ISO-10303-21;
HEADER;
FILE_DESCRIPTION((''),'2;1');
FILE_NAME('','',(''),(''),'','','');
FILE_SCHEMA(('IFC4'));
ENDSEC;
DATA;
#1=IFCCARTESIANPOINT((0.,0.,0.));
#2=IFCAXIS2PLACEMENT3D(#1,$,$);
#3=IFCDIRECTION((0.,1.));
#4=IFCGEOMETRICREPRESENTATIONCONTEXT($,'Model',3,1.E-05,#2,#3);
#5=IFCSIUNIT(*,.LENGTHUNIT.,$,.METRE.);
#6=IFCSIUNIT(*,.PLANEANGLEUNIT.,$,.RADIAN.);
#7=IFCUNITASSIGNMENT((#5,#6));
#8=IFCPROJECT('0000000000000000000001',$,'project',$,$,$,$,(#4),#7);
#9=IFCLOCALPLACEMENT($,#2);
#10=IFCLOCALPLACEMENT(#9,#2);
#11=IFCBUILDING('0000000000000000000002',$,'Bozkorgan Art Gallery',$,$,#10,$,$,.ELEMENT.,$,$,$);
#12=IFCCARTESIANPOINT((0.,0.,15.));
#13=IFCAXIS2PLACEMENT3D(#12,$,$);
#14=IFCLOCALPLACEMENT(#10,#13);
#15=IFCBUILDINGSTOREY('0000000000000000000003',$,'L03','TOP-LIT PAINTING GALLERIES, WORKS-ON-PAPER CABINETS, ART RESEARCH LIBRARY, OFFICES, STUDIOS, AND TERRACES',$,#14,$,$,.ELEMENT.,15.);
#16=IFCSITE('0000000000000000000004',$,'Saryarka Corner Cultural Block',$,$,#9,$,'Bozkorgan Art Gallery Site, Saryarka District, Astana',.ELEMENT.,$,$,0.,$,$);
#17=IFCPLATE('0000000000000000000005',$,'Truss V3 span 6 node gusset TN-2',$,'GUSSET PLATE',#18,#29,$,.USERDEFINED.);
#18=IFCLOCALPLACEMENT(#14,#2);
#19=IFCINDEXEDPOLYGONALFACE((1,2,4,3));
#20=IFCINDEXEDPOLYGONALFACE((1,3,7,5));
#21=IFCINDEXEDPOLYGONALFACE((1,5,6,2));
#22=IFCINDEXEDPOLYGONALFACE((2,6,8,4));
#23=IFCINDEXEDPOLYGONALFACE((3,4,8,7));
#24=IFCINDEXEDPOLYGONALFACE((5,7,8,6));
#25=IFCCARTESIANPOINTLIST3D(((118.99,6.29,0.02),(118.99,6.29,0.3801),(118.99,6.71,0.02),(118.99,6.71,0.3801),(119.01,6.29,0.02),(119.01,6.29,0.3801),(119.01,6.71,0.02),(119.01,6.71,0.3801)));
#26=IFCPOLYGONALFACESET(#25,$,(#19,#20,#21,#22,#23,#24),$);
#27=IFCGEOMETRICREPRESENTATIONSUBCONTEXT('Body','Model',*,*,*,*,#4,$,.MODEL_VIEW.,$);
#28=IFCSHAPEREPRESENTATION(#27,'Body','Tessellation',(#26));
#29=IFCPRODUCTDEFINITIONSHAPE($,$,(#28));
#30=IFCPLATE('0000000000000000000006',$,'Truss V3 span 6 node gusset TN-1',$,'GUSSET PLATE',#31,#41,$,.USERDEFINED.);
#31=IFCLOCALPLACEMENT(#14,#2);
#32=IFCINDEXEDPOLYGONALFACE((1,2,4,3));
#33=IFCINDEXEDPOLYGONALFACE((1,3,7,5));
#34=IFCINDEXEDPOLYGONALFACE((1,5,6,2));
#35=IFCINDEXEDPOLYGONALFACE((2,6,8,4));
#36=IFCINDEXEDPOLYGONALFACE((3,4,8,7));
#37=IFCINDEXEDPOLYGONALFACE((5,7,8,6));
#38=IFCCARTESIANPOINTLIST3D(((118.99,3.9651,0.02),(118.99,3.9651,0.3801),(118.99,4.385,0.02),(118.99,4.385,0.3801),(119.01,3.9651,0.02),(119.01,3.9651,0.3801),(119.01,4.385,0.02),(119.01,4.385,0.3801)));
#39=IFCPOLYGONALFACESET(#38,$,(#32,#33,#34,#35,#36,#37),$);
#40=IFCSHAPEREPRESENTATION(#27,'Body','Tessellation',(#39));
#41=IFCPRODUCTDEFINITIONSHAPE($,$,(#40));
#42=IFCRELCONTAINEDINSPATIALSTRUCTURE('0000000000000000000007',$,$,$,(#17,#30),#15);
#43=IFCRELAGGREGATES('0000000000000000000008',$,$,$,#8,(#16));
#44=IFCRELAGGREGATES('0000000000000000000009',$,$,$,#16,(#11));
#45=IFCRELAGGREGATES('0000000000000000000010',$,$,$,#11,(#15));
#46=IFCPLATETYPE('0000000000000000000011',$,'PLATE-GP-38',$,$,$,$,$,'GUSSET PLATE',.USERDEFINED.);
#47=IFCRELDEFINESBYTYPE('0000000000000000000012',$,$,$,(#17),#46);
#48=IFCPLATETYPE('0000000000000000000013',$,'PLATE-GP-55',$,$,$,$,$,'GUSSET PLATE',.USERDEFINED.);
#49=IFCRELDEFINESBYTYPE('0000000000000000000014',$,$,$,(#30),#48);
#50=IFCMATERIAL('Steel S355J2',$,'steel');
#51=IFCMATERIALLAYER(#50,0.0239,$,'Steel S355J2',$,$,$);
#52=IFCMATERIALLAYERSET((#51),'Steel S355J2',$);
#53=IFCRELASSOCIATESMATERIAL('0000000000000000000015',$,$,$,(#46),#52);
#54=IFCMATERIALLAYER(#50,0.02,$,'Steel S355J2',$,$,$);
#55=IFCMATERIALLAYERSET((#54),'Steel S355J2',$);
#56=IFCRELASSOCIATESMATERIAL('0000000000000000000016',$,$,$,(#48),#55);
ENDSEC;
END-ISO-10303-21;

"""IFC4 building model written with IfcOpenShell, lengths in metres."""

from ifc_helpers import new_model, si_unit, direction, frame, origin, origin_2d, place, context, subcontext, project, spatial, rectangle, extrude, material, layer, layer_set, type_object, element, save


model = new_model("IFC4")

# Units and contexts
model_context = context("Model", 3, precision=1e-05, world=origin(), true_north=direction((0.0, 1.0)))
body_context = subcontext(model_context, "Body", "Model", "MODEL_VIEW")
ifc_project = project(units=[si_unit("LENGTHUNIT", "METRE"), si_unit("PLANEANGLEUNIT", "RADIAN")], contexts=[model_context])

# Site, building, storey
site_placement = place(None, origin())
site = spatial("IfcSite", under=ifc_project, at=site_placement, Name="Saryarka Corner Cultural Block", LongName="Bozkorgan Art Gallery Site, Saryarka District, Astana", CompositionType="ELEMENT", RefElevation=0.0)
building_placement = place(site_placement, origin())
building = spatial("IfcBuilding", under=site, at=building_placement, Name="Bozkorgan Art Gallery", CompositionType="ELEMENT")
storey_placement = place(building_placement, frame((0.0, 0.0, 15.0)))
storey = spatial("IfcBuildingStorey", under=building, at=storey_placement, Name="L03", Description="TOP-LIT PAINTING GALLERIES, WORKS-ON-PAPER CABINETS, ART RESEARCH LIBRARY, OFFICES, STUDIOS, AND TERRACES", CompositionType="ELEMENT", Elevation=15.0)

# Shared definitions
ifc_material = material(Name="Steel S355J2", Category="steel")

# Plates
ifc_layer_1 = layer(ifc_material, 0.0239, Name="Steel S355J2")
ifc_layer_set_1 = layer_set([ifc_layer_1], Name="Steel S355J2")
plate_type_1 = type_object("IfcPlateType", Name="PLATE-GP-38", ElementType="GUSSET PLATE", PredefinedType="USERDEFINED", material=ifc_layer_set_1)
plate_1_placement = place(storey_placement, frame((119.0, 6.5, 0.02), z_axis=(0.0, 0.0, 1.0), x_axis=(1.0, 0.0, 0.0)))
element("IfcPlate", 1, at=plate_1_placement, inside=storey, type_object=plate_type_1, Name="Truss V3 span 6 node gusset TN-2", ObjectType="GUSSET PLATE", PredefinedType="USERDEFINED", context=body_context, shape_type="SweptSolid", body=[
    extrude(rectangle(XDim=0.02, YDim=0.4199, at=origin_2d()), origin(), (0.0, 0.0, 1.0), 0.3601),
])
ifc_layer_2 = layer(ifc_material, 0.02, Name="Steel S355J2")
ifc_layer_set_2 = layer_set([ifc_layer_2], Name="Steel S355J2")
plate_type_2 = type_object("IfcPlateType", Name="PLATE-GP-55", ElementType="GUSSET PLATE", PredefinedType="USERDEFINED", material=ifc_layer_set_2)
plate_2_placement = place(storey_placement, frame((119.0, 4.175, 0.02), z_axis=(0.0, 0.0, 1.0), x_axis=(1.0, 0.0, 0.0)))
element("IfcPlate", 2, at=plate_2_placement, inside=storey, type_object=plate_type_2, Name="Truss V3 span 6 node gusset TN-1", ObjectType="GUSSET PLATE", PredefinedType="USERDEFINED", context=body_context, shape_type="SweptSolid", body=[
    extrude(rectangle(XDim=0.02, YDim=0.4199, at=origin_2d()), origin(), (0.0, 0.0, 1.0), 0.3601),
])

save(model, "model.ifc")
